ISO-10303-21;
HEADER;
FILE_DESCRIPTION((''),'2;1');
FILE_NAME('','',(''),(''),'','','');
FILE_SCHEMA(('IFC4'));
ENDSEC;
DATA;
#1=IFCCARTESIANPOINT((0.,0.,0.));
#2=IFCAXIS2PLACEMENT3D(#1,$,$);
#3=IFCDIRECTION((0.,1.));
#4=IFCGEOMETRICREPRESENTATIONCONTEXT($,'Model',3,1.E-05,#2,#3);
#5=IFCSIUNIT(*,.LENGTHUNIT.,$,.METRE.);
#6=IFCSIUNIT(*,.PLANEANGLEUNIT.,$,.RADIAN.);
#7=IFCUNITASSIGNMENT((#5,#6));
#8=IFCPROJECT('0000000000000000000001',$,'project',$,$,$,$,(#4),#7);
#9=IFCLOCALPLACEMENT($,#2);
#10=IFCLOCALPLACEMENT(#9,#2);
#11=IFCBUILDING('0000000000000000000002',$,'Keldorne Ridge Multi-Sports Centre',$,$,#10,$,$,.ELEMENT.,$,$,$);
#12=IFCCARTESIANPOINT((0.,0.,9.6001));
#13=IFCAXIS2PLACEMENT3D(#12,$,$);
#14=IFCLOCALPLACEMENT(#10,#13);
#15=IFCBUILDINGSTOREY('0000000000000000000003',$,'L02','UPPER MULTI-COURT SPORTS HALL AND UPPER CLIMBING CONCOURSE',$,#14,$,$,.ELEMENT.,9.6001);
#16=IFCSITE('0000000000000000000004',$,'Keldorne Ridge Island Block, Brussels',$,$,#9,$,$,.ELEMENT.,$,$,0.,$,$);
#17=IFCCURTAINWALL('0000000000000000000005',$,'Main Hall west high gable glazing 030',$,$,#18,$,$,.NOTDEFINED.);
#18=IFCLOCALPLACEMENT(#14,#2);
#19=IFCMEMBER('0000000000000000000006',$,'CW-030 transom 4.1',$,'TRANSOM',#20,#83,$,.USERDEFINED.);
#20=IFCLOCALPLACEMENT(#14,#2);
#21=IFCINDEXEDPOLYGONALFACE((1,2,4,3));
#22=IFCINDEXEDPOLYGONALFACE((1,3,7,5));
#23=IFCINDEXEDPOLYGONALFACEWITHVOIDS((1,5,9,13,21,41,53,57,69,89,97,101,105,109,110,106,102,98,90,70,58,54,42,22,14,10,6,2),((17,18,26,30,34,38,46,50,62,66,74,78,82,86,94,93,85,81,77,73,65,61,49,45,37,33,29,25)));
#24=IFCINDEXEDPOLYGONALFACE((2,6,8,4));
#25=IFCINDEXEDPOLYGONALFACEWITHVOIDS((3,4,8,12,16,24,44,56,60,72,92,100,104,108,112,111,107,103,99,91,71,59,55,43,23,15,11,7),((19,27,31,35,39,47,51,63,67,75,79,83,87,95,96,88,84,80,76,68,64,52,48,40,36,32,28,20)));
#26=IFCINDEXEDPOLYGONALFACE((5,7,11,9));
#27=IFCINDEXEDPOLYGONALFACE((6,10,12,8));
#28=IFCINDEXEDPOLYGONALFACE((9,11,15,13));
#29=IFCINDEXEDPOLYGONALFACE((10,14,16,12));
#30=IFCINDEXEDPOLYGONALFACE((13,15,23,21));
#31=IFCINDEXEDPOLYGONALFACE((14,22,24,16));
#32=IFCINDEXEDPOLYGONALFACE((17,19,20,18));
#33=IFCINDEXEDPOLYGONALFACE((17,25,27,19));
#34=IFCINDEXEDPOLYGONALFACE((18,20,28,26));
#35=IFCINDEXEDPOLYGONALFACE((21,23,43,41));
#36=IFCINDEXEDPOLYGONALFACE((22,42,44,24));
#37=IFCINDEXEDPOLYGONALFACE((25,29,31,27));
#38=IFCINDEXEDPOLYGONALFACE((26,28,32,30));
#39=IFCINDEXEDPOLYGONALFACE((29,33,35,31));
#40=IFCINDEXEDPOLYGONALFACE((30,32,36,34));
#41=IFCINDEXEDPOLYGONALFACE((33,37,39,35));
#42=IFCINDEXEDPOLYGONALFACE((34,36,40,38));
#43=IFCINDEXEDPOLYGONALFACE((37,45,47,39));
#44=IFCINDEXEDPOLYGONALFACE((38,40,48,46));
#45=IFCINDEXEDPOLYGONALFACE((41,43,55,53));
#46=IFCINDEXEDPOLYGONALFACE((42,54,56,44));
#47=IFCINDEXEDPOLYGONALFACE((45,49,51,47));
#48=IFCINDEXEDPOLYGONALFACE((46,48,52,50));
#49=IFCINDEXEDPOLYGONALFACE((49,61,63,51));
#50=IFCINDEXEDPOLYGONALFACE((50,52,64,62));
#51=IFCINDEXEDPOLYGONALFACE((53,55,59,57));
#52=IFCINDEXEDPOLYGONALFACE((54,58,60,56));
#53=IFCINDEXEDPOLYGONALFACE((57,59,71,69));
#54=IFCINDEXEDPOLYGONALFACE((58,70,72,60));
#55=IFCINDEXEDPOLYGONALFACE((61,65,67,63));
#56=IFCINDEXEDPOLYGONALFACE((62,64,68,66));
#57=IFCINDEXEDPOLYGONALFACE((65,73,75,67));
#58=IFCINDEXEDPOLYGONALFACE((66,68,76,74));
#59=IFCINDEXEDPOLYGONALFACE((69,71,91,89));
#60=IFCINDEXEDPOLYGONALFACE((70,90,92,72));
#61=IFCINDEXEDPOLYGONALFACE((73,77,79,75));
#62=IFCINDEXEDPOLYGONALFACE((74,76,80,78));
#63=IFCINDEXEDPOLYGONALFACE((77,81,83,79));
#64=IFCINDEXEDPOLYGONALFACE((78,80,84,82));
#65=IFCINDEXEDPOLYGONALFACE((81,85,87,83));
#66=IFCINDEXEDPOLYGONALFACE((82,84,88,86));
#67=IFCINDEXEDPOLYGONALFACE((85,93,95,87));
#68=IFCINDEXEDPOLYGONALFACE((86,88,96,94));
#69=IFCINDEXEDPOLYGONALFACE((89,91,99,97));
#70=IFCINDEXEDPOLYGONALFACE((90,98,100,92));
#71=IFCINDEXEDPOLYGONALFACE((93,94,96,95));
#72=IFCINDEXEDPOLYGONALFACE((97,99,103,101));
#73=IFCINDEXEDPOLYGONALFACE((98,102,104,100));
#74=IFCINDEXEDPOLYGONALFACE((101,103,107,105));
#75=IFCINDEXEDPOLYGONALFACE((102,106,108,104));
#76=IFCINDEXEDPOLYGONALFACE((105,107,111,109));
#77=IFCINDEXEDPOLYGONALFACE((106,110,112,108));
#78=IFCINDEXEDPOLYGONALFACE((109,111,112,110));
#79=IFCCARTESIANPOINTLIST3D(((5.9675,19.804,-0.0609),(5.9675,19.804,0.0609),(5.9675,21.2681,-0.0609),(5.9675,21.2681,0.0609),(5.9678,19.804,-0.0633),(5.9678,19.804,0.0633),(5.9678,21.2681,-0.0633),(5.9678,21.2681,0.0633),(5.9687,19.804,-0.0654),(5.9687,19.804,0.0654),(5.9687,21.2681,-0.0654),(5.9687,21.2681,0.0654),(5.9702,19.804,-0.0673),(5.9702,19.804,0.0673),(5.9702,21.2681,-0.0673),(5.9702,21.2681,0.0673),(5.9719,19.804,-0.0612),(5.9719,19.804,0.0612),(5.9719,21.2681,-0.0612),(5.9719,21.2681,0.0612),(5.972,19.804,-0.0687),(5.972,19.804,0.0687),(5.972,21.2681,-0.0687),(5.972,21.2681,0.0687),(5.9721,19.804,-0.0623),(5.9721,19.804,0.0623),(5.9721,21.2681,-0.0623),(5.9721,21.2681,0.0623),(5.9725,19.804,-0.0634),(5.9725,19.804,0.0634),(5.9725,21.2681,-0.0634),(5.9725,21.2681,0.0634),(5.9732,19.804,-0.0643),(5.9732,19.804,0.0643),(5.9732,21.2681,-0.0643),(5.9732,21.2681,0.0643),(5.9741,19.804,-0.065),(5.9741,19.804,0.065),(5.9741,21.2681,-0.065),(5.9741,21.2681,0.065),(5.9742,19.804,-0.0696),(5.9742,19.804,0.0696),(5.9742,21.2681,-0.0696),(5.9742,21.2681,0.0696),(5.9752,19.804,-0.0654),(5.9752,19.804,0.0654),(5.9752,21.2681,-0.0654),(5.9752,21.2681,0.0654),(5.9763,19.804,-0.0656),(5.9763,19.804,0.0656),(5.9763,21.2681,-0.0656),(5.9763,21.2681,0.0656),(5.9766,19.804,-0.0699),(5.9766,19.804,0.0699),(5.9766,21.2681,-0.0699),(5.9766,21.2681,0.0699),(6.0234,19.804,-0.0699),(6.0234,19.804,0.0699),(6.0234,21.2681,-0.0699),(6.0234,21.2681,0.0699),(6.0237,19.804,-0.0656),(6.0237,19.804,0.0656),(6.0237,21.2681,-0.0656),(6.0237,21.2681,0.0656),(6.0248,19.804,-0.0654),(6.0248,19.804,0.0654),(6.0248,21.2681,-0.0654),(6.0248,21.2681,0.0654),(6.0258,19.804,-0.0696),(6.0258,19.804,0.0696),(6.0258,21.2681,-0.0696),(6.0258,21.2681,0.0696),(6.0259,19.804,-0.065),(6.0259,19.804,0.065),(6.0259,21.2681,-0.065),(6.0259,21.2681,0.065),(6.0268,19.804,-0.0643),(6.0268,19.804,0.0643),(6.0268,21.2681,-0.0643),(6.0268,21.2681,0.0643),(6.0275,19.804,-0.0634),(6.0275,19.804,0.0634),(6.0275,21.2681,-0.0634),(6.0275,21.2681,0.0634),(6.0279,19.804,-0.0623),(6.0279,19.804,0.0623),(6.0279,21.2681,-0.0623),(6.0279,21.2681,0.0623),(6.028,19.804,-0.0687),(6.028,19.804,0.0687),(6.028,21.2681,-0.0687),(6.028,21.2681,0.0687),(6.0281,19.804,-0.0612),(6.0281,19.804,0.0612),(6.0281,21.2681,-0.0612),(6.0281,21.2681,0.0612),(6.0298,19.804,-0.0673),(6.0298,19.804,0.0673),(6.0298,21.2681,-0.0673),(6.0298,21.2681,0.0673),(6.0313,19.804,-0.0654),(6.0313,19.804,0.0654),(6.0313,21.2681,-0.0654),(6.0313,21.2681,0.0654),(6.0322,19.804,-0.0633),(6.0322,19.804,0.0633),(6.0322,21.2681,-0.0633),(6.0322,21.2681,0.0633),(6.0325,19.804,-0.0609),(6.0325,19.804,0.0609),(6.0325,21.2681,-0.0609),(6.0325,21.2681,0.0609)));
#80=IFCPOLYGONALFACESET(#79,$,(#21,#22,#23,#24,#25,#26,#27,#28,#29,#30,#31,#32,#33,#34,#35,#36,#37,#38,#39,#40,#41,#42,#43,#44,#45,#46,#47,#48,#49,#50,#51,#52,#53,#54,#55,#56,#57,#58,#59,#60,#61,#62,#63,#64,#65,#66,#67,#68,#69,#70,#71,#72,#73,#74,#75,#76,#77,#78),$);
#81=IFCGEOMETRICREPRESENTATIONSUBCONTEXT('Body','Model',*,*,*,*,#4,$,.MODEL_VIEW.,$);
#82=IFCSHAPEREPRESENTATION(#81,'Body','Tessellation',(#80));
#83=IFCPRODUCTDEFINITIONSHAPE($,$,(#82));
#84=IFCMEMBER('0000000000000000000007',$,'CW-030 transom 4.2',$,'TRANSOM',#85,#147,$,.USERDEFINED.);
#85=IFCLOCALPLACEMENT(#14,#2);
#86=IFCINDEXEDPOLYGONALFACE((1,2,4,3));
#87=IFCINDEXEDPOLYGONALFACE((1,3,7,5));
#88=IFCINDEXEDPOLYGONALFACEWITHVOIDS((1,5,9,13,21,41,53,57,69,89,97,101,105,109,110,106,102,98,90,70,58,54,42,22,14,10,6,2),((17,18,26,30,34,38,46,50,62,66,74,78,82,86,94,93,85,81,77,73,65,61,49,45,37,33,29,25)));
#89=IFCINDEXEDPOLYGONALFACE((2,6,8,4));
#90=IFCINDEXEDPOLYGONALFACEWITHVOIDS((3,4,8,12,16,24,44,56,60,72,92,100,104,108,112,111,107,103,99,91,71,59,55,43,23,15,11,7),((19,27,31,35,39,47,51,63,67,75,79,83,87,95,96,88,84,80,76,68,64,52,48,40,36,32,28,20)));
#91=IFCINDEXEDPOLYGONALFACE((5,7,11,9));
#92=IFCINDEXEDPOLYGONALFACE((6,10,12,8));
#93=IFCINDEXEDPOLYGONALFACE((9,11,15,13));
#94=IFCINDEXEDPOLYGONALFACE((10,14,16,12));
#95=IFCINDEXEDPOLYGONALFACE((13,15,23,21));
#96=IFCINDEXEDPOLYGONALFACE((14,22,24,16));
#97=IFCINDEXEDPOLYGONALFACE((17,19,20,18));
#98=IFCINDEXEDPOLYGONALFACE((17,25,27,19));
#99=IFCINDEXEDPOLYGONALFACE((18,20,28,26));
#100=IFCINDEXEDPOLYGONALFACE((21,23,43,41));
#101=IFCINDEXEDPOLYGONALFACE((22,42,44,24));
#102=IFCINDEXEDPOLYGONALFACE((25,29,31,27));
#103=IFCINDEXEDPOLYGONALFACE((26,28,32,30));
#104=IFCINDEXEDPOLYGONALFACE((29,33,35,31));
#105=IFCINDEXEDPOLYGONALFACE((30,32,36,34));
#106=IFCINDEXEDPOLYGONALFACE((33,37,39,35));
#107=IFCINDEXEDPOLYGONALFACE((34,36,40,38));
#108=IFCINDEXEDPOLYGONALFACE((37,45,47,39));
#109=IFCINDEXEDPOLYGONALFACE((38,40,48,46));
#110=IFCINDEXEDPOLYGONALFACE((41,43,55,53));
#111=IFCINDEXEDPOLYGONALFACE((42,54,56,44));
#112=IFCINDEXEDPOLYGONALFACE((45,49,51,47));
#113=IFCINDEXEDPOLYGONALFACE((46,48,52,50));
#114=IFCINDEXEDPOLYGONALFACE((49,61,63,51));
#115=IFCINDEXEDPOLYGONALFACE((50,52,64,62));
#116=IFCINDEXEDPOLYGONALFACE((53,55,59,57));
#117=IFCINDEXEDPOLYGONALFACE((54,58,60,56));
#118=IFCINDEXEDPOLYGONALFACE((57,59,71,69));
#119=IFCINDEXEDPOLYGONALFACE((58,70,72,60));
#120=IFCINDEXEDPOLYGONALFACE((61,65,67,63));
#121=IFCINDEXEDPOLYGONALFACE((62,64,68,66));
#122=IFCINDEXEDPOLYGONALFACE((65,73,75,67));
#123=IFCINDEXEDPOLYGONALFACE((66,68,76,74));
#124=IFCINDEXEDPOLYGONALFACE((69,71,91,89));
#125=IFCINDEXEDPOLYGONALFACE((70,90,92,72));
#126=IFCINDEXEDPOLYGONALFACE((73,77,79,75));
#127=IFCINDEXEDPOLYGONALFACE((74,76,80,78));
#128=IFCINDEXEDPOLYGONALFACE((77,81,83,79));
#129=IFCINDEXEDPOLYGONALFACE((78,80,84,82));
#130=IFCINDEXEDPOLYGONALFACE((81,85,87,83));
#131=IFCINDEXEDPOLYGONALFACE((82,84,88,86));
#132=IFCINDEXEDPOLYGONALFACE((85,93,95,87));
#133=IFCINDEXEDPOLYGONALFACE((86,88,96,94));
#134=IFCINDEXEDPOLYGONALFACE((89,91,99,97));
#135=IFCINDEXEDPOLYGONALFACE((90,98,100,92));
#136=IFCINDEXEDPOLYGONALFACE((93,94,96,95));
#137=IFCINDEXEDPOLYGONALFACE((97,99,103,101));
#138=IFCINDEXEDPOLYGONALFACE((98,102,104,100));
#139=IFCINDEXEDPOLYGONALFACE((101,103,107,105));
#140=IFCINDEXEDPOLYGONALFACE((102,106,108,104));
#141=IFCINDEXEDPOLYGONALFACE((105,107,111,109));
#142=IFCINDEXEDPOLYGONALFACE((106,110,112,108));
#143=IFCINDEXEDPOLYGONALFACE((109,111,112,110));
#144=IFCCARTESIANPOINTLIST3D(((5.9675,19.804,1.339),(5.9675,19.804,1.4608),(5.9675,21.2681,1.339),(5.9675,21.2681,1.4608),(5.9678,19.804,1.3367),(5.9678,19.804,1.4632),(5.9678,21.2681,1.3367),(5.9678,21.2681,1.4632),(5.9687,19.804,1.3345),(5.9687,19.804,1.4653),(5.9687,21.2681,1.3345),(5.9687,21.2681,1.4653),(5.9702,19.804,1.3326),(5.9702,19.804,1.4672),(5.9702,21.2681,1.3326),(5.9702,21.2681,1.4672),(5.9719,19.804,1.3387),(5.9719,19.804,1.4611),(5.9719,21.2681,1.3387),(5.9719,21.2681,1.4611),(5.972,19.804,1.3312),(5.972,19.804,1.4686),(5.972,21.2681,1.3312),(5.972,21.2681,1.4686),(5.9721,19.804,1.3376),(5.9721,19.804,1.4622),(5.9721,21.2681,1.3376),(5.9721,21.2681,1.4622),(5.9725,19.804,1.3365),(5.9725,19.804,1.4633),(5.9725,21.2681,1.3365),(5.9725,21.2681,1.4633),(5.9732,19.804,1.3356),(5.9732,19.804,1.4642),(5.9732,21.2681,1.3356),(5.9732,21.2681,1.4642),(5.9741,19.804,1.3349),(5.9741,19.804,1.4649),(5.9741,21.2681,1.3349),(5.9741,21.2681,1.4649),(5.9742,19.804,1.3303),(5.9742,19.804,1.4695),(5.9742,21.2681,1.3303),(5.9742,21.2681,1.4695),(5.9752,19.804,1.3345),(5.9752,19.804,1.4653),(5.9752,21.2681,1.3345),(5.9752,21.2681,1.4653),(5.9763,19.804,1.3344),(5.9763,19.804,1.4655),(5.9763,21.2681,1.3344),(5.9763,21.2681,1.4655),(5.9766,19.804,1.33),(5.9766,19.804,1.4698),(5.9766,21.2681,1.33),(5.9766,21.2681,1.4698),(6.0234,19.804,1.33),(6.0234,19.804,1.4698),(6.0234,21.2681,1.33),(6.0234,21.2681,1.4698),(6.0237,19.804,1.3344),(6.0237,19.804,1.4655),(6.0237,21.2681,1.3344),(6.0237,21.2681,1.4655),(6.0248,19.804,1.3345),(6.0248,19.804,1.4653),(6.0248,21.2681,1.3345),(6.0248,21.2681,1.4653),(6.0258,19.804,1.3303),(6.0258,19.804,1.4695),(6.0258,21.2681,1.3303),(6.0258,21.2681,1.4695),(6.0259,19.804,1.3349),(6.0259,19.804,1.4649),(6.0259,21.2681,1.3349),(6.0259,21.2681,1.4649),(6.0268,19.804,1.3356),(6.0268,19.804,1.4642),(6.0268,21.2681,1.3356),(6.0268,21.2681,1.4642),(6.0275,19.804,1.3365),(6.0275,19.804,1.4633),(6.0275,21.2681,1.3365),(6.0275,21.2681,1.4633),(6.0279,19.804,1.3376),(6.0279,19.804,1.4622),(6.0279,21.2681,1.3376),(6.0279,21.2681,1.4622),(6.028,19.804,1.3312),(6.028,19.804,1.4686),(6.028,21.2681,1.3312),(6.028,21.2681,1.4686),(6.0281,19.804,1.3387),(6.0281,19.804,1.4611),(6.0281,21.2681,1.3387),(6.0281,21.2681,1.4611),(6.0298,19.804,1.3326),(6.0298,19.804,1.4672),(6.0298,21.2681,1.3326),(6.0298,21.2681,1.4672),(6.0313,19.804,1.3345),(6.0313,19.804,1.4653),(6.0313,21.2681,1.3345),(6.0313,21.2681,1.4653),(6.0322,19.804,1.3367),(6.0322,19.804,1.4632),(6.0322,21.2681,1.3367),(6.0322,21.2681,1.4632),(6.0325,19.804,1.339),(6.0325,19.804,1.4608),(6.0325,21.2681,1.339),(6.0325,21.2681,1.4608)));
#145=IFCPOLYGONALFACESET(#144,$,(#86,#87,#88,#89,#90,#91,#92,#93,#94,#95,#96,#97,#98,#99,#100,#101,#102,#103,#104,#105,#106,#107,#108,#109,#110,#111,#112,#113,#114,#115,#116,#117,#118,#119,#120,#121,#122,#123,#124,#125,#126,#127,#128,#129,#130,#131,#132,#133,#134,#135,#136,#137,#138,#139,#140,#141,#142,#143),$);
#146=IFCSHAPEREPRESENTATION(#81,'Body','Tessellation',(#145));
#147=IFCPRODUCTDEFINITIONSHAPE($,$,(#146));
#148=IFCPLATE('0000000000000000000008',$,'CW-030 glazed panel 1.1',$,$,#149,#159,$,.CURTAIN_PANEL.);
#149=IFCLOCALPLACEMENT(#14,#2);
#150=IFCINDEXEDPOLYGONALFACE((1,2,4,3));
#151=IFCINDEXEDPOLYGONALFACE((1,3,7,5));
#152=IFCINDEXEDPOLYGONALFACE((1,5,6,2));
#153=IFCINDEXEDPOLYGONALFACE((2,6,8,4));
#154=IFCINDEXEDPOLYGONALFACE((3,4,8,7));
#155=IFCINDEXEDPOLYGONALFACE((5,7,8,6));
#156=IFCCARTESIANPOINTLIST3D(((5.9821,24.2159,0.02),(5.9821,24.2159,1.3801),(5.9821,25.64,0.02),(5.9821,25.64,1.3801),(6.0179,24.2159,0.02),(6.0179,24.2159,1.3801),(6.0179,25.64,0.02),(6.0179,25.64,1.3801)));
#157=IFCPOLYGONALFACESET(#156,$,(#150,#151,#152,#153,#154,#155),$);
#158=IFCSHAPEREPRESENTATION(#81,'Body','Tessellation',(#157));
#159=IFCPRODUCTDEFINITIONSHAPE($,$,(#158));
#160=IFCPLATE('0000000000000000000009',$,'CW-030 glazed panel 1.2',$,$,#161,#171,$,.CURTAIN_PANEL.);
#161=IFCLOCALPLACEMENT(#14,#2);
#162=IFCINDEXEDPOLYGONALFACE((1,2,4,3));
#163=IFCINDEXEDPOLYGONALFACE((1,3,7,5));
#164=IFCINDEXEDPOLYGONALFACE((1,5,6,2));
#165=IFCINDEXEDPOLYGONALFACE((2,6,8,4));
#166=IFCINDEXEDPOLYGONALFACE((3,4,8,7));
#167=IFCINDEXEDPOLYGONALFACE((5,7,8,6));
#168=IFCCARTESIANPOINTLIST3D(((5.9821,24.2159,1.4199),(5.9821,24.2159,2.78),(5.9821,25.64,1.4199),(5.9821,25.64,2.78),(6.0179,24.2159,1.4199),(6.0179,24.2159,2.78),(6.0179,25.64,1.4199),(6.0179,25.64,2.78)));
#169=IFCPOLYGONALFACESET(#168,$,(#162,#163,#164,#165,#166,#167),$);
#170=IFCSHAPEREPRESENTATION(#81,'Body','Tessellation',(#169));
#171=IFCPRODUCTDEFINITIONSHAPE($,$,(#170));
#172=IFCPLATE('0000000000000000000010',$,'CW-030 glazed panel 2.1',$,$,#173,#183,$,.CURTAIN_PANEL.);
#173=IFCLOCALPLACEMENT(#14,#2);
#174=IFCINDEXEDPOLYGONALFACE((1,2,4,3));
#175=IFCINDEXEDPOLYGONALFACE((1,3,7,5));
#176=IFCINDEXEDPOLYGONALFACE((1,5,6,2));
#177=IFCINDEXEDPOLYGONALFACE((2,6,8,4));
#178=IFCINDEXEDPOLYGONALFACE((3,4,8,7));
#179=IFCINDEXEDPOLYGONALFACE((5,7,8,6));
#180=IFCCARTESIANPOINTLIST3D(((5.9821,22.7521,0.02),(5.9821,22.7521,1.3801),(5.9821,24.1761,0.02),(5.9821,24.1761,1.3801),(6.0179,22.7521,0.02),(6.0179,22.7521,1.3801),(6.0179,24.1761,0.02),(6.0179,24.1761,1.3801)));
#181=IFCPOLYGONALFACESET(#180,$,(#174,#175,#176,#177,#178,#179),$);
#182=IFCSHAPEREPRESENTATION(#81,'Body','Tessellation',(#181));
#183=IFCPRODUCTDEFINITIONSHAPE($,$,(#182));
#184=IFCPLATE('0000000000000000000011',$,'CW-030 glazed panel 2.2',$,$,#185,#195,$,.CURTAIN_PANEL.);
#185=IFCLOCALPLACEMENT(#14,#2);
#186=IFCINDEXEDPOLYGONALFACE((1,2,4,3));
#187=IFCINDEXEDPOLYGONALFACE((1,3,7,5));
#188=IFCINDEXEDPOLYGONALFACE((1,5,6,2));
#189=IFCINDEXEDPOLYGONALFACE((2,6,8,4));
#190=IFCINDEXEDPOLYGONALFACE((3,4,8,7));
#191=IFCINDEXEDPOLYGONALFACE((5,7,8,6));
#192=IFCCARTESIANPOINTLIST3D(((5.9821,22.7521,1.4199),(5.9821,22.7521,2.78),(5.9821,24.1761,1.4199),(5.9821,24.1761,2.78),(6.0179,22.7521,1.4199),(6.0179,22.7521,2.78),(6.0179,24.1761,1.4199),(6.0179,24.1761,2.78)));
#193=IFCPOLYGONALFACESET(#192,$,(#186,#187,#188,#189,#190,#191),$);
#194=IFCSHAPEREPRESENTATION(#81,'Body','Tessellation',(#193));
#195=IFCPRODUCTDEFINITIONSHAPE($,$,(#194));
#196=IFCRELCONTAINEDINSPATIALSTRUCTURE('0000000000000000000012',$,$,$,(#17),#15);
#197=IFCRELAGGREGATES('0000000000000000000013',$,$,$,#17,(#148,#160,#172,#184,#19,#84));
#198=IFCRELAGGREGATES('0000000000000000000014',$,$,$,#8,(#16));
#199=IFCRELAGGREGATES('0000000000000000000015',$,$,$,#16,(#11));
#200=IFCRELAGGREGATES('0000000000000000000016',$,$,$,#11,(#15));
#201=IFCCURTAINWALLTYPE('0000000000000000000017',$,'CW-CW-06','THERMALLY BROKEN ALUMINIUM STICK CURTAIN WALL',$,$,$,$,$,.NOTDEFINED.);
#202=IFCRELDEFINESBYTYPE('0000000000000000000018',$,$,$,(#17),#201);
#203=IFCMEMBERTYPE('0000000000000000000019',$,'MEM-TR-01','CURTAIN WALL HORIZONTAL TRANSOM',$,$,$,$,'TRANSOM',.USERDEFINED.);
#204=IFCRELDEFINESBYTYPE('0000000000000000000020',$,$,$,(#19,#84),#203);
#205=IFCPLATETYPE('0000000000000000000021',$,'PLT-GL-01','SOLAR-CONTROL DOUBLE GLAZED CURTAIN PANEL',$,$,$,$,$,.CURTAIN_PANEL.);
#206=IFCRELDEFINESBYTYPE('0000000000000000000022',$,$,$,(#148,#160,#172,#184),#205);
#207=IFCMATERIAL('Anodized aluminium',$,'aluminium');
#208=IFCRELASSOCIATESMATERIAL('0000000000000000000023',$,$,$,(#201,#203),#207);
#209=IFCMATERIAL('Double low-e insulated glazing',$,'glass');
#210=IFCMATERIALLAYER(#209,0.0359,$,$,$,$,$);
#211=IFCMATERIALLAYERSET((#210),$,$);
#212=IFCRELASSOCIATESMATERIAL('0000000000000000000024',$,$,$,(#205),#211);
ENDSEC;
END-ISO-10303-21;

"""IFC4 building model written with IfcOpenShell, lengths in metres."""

from ifc_helpers import new_model, si_unit, direction, frame, origin, origin_2d, place, context, subcontext, project, spatial, rectangle, hollow_rectangle, extrude, material, layer, layer_set, material_profile, profile_set, type_object, element, aggregate, save


model = new_model("IFC4")

# Units and contexts
model_context = context("Model", 3, precision=1e-05, world=origin(), true_north=direction((0.0, 1.0)))
body_context = subcontext(model_context, "Body", "Model", "MODEL_VIEW")
ifc_project = project(units=[si_unit("LENGTHUNIT", "METRE"), si_unit("PLANEANGLEUNIT", "RADIAN")], contexts=[model_context])

# Site, building, storey
site_placement = place(None, origin())
site = spatial("IfcSite", under=ifc_project, at=site_placement, Name="Keldorne Ridge Island Block, Brussels", CompositionType="ELEMENT", RefElevation=0.0)
building_placement = place(site_placement, origin())
building = spatial("IfcBuilding", under=site, at=building_placement, Name="Keldorne Ridge Multi-Sports Centre", CompositionType="ELEMENT")
storey_placement = place(building_placement, frame((0.0, 0.0, 9.6001)))
storey = spatial("IfcBuildingStorey", under=building, at=storey_placement, Name="L02", Description="UPPER MULTI-COURT SPORTS HALL AND UPPER CLIMBING CONCOURSE", CompositionType="ELEMENT", Elevation=9.6001)

# Curtain wall
ifc_material_1 = material(Name="Anodized aluminium", Category="aluminium")
curtain_wall_type_1 = type_object("IfcCurtainWallType", Name="CW-CW-06", Description="THERMALLY BROKEN ALUMINIUM STICK CURTAIN WALL", PredefinedType="NOTDEFINED", material=ifc_material_1)
curtain_wall_1_placement = place(storey_placement, origin())
curtain_wall_1 = element("IfcCurtainWall", 1, at=curtain_wall_1_placement, inside=storey, type_object=curtain_wall_type_1, Name="Main Hall west high gable glazing 030", PredefinedType="NOTDEFINED")

# Members
ifc_material_profile_1 = material_profile(ifc_material_1, hollow_rectangle(XDim=0.0649, YDim=0.1399, WallThickness=0.0044, InnerFilletRadius=0.0044, OuterFilletRadius=0.009, at=origin_2d()), Name="ALU TRANSOM 140x65x4.5")
ifc_profile_set_1 = profile_set([ifc_material_profile_1], Name="Anodized aluminium")
member_type_1 = type_object("IfcMemberType", Name="MEM-TR-01", Description="CURTAIN WALL HORIZONTAL TRANSOM", ElementType="TRANSOM", PredefinedType="USERDEFINED", material=ifc_profile_set_1)
member_1_placement = place(storey_placement, frame((6.0, 21.2681, 0.0), z_axis=(0.0, -1.0, 0.0), x_axis=(1.0, 0.0, 0.0)))
member_1 = element("IfcMember", 2, at=member_1_placement, type_object=member_type_1, Name="CW-030 transom 4.1", ObjectType="TRANSOM", PredefinedType="USERDEFINED", context=body_context, shape_type="SweptSolid", body=[
    extrude(hollow_rectangle(XDim=0.0649, YDim=0.1399, WallThickness=0.0044, InnerFilletRadius=0.0044, OuterFilletRadius=0.009, at=origin_2d()), origin(), (0.0, 0.0, 1.0), 1.4641),
])
member_2_placement = place(storey_placement, frame((6.0, 21.2681, 1.3999), z_axis=(0.0, -1.0, 0.0), x_axis=(1.0, 0.0, 0.0)))
member_2 = element("IfcMember", 3, at=member_2_placement, type_object=member_type_1, Name="CW-030 transom 4.2", ObjectType="TRANSOM", PredefinedType="USERDEFINED", context=body_context, shape_type="SweptSolid", body=[
    extrude(hollow_rectangle(XDim=0.0649, YDim=0.1399, WallThickness=0.0044, InnerFilletRadius=0.0044, OuterFilletRadius=0.009, at=origin_2d()), origin(), (0.0, 0.0, 1.0), 1.4641),
])

# Plates
ifc_material_2 = material(Name="Double low-e insulated glazing", Category="glass")
ifc_layer = layer(ifc_material_2, 0.0359)
ifc_layer_set = layer_set([ifc_layer])
plate_type = type_object("IfcPlateType", Name="PLT-GL-01", Description="SOLAR-CONTROL DOUBLE GLAZED CURTAIN PANEL", PredefinedType="CURTAIN_PANEL", material=ifc_layer_set)
plate_1_placement = place(storey_placement, frame((6.0, 24.928, 0.02), z_axis=(0.0, 0.0, 1.0), x_axis=(0.0, -1.0, 0.0)))
plate_1 = element("IfcPlate", 4, at=plate_1_placement, type_object=plate_type, Name="CW-030 glazed panel 1.1", PredefinedType="CURTAIN_PANEL", context=body_context, shape_type="SweptSolid", body=[
    extrude(rectangle(XDim=1.4241, YDim=0.0359, at=origin_2d()), origin(), (0.0, 0.0, 1.0), 1.3601),
])
plate_2_placement = place(storey_placement, frame((6.0, 24.928, 1.4199), z_axis=(0.0, 0.0, 1.0), x_axis=(0.0, -1.0, 0.0)))
plate_2 = element("IfcPlate", 5, at=plate_2_placement, type_object=plate_type, Name="CW-030 glazed panel 1.2", PredefinedType="CURTAIN_PANEL", context=body_context, shape_type="SweptSolid", body=[
    extrude(rectangle(XDim=1.4241, YDim=0.0359, at=origin_2d()), origin(), (0.0, 0.0, 1.0), 1.3601),
])
plate_3_placement = place(storey_placement, frame((6.0, 23.4641, 0.02), z_axis=(0.0, 0.0, 1.0), x_axis=(0.0, -1.0, 0.0)))
plate_3 = element("IfcPlate", 6, at=plate_3_placement, type_object=plate_type, Name="CW-030 glazed panel 2.1", PredefinedType="CURTAIN_PANEL", context=body_context, shape_type="SweptSolid", body=[
    extrude(rectangle(XDim=1.4241, YDim=0.0359, at=origin_2d()), origin(), (0.0, 0.0, 1.0), 1.3601),
])
plate_4_placement = place(storey_placement, frame((6.0, 23.4641, 1.4199), z_axis=(0.0, 0.0, 1.0), x_axis=(0.0, -1.0, 0.0)))
plate_4 = element("IfcPlate", 7, at=plate_4_placement, type_object=plate_type, Name="CW-030 glazed panel 2.2", PredefinedType="CURTAIN_PANEL", context=body_context, shape_type="SweptSolid", body=[
    extrude(rectangle(XDim=1.4241, YDim=0.0359, at=origin_2d()), origin(), (0.0, 0.0, 1.0), 1.3601),
])
aggregate(curtain_wall_1, [plate_1, plate_2, plate_3, plate_4, member_1, member_2])

save(model, "model.ifc")
